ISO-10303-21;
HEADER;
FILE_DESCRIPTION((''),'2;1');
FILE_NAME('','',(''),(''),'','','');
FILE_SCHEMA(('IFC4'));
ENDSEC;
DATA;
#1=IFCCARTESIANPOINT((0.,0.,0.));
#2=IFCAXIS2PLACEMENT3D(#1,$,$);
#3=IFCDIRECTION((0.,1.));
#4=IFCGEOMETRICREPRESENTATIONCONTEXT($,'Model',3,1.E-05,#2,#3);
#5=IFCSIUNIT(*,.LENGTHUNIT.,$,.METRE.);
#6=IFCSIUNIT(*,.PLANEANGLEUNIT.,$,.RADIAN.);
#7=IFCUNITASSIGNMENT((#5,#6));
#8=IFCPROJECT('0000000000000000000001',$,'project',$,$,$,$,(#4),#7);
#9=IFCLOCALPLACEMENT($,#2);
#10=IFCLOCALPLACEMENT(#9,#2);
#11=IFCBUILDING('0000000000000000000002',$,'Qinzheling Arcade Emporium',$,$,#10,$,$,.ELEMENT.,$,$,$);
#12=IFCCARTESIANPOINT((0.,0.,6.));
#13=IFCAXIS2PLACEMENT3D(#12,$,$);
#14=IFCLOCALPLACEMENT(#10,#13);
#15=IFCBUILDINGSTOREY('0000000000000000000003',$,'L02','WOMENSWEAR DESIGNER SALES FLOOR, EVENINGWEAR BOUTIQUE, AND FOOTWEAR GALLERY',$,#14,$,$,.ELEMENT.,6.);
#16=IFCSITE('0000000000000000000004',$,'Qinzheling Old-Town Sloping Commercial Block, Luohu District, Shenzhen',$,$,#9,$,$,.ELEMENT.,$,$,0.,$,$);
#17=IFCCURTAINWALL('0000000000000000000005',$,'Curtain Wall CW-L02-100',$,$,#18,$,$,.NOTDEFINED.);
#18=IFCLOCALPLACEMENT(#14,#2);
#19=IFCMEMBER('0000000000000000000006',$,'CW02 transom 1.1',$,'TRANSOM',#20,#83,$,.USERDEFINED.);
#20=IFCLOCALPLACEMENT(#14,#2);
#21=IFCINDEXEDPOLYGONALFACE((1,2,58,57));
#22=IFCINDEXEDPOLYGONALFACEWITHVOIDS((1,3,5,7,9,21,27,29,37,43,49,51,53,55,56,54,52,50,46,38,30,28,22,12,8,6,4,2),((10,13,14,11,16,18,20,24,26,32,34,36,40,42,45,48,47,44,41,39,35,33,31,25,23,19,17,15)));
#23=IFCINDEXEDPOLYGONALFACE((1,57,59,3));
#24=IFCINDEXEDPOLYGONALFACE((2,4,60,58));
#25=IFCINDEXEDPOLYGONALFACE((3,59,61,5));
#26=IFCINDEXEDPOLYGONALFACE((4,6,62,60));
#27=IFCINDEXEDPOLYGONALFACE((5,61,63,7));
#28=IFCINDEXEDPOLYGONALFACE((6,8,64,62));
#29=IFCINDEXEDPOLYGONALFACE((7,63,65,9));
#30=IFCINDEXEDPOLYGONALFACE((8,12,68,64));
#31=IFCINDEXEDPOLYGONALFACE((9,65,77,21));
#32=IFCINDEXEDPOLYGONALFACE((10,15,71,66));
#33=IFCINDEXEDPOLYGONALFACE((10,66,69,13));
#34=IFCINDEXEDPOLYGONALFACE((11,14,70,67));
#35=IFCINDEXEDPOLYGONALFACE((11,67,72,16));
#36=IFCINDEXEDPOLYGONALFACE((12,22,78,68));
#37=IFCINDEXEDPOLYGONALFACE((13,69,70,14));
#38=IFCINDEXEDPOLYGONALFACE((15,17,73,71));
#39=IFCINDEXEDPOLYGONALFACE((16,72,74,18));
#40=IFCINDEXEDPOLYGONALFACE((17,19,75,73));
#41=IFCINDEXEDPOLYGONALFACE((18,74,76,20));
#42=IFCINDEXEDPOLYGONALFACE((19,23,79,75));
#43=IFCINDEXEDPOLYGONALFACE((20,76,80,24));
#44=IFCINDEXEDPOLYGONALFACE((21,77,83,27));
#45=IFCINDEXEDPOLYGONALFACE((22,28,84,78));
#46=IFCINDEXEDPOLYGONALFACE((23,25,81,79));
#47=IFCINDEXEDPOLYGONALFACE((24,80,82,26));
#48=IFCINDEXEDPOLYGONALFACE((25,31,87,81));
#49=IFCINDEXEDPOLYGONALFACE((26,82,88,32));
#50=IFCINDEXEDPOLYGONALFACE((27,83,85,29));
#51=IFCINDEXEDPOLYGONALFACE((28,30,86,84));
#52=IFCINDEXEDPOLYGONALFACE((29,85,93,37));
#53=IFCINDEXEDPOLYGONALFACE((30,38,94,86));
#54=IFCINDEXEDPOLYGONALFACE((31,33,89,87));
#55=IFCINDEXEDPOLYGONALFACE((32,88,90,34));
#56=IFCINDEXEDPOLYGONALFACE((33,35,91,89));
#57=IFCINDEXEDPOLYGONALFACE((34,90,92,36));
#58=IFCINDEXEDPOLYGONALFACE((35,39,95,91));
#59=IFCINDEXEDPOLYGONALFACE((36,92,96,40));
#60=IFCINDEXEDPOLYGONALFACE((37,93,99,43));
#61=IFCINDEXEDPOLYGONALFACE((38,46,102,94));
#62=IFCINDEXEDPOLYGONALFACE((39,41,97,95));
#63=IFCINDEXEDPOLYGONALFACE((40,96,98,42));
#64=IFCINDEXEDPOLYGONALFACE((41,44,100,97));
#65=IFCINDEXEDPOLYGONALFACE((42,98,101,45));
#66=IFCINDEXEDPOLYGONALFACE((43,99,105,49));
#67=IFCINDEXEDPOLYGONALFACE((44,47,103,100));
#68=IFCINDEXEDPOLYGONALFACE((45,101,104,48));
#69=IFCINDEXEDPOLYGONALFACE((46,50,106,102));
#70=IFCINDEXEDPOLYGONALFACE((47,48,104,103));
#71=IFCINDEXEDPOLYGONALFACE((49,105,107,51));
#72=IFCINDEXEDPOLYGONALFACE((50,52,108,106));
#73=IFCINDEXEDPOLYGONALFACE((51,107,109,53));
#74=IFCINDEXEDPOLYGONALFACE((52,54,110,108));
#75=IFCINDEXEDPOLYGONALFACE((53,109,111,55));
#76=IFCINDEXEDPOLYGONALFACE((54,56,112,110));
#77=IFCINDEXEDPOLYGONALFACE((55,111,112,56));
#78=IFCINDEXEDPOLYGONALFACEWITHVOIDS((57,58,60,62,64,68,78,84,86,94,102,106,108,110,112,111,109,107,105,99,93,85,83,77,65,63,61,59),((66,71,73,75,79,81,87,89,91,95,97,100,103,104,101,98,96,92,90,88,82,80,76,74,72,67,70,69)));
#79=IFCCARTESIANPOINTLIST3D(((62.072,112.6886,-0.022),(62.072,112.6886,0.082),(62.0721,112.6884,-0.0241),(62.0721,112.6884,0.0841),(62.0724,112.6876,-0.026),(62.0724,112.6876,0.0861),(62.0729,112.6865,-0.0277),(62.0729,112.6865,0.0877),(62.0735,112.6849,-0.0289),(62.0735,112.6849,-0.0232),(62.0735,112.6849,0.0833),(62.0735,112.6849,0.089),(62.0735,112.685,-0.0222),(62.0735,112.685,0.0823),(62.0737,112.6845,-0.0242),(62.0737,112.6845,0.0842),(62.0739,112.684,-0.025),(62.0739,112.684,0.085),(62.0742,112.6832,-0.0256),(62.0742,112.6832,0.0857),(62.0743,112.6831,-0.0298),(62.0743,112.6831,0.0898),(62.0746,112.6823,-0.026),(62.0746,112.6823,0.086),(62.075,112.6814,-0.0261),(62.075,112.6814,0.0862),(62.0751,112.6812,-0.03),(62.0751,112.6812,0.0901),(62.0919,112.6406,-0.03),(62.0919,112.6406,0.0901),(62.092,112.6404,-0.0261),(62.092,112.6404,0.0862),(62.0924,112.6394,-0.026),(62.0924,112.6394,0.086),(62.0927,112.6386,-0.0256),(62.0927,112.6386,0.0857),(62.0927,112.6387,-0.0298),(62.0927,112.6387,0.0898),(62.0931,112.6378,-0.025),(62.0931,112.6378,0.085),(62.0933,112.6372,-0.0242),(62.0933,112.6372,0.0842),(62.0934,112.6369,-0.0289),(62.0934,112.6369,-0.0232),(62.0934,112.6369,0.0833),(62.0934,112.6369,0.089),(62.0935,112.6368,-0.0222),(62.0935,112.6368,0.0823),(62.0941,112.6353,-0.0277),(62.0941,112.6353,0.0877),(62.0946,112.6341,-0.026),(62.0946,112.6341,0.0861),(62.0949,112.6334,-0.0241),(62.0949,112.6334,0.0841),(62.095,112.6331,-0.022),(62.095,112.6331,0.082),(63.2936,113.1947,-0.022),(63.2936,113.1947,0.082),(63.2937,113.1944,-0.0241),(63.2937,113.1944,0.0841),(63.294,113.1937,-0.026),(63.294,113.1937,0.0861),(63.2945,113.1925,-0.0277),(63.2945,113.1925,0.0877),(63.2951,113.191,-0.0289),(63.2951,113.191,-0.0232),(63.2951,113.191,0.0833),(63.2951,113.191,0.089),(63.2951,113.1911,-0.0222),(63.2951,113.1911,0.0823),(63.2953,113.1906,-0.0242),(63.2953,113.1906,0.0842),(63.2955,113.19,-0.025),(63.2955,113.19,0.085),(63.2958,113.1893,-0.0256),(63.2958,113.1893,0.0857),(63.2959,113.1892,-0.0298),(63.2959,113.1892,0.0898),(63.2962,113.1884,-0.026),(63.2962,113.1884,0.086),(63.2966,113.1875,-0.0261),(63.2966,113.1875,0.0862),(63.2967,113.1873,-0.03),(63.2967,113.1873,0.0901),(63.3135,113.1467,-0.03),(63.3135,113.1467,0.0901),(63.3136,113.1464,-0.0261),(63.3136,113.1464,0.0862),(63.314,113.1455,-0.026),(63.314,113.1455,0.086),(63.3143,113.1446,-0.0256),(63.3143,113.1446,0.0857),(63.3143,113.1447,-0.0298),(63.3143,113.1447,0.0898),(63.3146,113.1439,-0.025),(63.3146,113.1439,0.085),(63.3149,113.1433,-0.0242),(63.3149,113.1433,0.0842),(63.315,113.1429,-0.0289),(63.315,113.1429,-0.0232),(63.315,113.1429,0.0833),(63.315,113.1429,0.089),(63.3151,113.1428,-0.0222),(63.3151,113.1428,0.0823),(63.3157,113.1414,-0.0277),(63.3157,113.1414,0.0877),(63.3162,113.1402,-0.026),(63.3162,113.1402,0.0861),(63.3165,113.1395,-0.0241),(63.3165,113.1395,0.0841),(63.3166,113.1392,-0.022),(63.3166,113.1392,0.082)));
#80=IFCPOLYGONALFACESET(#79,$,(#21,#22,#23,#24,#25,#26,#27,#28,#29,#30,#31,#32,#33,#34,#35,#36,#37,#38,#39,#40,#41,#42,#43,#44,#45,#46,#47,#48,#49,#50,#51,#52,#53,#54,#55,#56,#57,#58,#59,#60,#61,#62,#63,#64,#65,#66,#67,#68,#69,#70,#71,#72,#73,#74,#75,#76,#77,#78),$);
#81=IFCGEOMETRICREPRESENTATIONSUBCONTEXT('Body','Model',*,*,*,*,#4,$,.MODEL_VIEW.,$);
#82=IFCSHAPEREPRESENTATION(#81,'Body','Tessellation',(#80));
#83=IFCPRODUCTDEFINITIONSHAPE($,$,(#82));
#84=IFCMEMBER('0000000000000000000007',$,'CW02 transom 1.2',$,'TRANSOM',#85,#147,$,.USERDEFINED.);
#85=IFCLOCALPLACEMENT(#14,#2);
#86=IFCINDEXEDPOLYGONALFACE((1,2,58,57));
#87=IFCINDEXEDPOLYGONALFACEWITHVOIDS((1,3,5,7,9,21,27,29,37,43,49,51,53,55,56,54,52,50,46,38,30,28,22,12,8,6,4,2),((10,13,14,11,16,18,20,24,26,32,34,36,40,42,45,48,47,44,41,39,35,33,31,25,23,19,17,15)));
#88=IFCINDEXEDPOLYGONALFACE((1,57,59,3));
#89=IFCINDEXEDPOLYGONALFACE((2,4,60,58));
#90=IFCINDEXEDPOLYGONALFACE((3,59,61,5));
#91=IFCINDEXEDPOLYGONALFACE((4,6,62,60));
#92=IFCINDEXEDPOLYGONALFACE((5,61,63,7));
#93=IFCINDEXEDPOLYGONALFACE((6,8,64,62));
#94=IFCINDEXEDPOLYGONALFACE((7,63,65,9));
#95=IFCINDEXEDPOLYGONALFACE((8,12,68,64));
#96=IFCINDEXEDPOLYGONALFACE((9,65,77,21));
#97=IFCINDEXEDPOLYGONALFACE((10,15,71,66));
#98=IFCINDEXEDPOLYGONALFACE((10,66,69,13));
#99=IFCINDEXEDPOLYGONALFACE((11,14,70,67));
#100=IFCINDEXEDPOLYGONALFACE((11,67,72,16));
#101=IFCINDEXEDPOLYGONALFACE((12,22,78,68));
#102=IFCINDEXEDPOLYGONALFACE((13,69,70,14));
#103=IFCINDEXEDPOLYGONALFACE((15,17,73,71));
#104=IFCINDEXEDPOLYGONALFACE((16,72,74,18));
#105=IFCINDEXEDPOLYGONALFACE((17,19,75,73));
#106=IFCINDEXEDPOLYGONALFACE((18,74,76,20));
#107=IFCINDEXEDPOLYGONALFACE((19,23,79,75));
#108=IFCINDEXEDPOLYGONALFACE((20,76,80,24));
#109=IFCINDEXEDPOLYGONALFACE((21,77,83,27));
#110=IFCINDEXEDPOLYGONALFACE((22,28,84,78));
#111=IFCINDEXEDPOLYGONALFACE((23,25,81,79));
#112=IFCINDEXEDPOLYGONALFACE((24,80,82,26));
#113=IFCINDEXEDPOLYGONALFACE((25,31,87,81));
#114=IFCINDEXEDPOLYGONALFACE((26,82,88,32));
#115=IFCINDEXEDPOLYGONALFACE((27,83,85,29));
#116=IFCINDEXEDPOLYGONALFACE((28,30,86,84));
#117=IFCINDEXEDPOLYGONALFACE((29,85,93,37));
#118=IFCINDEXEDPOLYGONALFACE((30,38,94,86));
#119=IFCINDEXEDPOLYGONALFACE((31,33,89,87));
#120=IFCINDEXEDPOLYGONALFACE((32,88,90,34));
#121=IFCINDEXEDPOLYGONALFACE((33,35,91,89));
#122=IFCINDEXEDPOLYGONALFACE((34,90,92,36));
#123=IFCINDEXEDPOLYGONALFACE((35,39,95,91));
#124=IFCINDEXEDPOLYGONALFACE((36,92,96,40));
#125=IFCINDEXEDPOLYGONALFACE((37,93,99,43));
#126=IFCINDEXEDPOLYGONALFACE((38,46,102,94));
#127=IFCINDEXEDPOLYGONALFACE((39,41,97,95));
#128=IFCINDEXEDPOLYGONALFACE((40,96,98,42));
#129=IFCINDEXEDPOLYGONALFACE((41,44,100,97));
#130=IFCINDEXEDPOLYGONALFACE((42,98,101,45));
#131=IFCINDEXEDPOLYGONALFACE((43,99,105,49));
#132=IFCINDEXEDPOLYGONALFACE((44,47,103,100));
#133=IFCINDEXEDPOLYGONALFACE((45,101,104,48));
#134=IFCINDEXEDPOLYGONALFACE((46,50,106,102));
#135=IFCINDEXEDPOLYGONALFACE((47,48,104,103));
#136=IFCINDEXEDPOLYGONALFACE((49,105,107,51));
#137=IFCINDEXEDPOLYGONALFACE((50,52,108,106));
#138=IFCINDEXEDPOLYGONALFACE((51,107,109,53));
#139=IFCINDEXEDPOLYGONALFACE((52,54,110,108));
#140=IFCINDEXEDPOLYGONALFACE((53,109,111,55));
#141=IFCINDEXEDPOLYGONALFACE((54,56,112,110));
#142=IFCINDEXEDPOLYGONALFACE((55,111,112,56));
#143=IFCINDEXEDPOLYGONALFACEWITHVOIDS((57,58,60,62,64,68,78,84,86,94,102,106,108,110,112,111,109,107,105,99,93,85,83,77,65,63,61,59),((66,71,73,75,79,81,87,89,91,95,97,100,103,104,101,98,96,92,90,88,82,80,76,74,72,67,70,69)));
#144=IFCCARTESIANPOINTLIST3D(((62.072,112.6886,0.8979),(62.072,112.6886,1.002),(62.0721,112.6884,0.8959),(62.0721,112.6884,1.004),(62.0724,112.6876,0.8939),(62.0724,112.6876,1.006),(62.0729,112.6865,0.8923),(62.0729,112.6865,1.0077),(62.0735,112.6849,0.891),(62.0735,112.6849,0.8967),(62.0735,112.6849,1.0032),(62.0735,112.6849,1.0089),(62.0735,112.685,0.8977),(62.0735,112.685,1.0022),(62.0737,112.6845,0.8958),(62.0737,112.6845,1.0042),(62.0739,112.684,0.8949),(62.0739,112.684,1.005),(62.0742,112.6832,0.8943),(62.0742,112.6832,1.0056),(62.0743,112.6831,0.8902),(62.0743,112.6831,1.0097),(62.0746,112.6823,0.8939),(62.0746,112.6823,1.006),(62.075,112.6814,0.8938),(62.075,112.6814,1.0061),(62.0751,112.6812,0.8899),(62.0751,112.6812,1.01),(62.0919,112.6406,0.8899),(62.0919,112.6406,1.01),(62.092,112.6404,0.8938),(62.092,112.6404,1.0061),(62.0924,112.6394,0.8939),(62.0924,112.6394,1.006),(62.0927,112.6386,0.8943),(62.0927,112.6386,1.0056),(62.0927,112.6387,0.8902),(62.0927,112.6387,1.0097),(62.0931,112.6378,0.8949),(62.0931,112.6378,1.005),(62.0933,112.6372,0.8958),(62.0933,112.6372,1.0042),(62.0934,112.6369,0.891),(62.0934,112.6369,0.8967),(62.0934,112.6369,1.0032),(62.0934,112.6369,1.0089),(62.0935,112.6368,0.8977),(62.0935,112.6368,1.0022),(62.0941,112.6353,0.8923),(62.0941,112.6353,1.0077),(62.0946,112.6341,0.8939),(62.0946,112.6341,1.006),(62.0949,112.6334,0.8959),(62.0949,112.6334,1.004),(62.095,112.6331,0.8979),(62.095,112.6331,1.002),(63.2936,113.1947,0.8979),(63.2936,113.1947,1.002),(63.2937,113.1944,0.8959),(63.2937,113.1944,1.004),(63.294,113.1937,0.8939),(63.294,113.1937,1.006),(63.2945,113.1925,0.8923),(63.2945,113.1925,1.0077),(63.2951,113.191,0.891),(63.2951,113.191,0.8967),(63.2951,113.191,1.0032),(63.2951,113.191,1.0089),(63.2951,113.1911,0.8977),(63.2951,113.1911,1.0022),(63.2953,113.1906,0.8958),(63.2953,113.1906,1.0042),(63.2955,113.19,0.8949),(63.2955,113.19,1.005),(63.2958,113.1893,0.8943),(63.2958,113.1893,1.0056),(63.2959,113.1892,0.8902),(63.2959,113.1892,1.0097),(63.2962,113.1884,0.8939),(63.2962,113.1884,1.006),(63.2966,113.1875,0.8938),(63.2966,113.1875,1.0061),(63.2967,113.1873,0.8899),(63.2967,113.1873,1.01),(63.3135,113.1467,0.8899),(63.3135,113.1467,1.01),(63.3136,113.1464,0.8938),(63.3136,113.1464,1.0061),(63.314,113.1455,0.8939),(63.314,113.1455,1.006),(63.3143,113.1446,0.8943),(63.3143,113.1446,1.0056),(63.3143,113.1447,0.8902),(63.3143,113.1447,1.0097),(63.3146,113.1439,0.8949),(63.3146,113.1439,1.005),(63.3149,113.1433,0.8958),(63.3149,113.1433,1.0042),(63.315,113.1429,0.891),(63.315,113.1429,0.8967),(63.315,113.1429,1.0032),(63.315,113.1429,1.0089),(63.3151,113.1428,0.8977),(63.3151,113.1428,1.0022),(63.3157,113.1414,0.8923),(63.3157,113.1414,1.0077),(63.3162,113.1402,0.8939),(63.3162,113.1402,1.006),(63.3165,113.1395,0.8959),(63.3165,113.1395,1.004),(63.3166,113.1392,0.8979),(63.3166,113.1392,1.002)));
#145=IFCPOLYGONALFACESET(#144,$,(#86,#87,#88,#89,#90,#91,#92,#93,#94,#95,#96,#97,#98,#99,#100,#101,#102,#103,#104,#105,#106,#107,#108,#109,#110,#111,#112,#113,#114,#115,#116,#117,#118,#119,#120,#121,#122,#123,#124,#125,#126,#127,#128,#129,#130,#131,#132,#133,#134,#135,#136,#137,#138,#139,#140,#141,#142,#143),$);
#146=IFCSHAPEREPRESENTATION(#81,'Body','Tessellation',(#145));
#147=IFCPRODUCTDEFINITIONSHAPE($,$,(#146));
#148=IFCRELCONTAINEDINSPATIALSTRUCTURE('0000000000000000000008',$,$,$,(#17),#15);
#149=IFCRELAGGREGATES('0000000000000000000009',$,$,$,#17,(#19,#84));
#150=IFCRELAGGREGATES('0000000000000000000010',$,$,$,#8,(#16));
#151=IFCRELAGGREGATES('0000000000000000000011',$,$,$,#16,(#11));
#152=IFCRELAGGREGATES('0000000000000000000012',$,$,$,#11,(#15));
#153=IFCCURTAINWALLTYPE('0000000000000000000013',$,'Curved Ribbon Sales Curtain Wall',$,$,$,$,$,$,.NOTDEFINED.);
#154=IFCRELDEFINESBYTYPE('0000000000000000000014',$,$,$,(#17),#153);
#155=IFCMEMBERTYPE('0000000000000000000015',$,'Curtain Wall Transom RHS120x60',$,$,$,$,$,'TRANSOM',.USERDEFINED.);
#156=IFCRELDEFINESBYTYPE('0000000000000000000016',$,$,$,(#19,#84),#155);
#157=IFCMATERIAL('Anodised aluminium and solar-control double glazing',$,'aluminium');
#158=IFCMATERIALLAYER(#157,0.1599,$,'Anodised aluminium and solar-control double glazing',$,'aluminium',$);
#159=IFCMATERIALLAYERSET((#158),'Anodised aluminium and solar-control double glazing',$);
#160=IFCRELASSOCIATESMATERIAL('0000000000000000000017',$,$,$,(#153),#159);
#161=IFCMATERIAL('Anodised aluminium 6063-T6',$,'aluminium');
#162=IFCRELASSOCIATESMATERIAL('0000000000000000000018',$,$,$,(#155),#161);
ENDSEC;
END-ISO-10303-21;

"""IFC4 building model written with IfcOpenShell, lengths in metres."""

from ifc_helpers import new_model, si_unit, direction, frame, origin, origin_2d, place, context, subcontext, project, spatial, hollow_rectangle, extrude, material, layer, layer_set, material_profile, profile_set, type_object, element, aggregate, save


model = new_model("IFC4")

# Units and contexts
model_context = context("Model", 3, precision=1e-05, world=origin(), true_north=direction((0.0, 1.0)))
body_context = subcontext(model_context, "Body", "Model", "MODEL_VIEW")
ifc_project = project(units=[si_unit("LENGTHUNIT", "METRE"), si_unit("PLANEANGLEUNIT", "RADIAN")], contexts=[model_context])

# Site, building, storey
site_placement = place(None, origin())
site = spatial("IfcSite", under=ifc_project, at=site_placement, Name="Qinzheling Old-Town Sloping Commercial Block, Luohu District, Shenzhen", CompositionType="ELEMENT", RefElevation=0.0)
building_placement = place(site_placement, origin())
building = spatial("IfcBuilding", under=site, at=building_placement, Name="Qinzheling Arcade Emporium", CompositionType="ELEMENT")
storey_placement = place(building_placement, frame((0.0, 0.0, 6.0)))
storey = spatial("IfcBuildingStorey", under=building, at=storey_placement, Name="L02", Description="WOMENSWEAR DESIGNER SALES FLOOR, EVENINGWEAR BOUTIQUE, AND FOOTWEAR GALLERY", CompositionType="ELEMENT", Elevation=6.0)

# Shared definitions
ifc_material_1 = material(Name="Anodised aluminium and solar-control double glazing", Category="aluminium")
ifc_layer_1 = layer(ifc_material_1, 0.1599, Name="Anodised aluminium and solar-control double glazing", Category="aluminium")
ifc_layer_set_1 = layer_set([ifc_layer_1], Name="Anodised aluminium and solar-control double glazing")
curtain_wall_type = type_object("IfcCurtainWallType", Name="Curved Ribbon Sales Curtain Wall", PredefinedType="NOTDEFINED", material=ifc_layer_set_1)
ifc_material_2 = material(Name="Anodised aluminium 6063-T6", Category="aluminium")

# Curtain wall
curtain_wall_1_placement = place(storey_placement, origin())
curtain_wall_1 = element("IfcCurtainWall", 1, at=curtain_wall_1_placement, inside=storey, type_object=curtain_wall_type, Name="Curtain Wall CW-L02-100", PredefinedType="NOTDEFINED")

# Members
ifc_material_profile_1 = material_profile(ifc_material_2, hollow_rectangle(XDim=0.0601, YDim=0.1201, WallThickness=0.0039, InnerFilletRadius=0.0039, OuterFilletRadius=0.0081, at=origin_2d()), Name="RHS 120x60x4", Category="aluminium")
ifc_profile_set_1 = profile_set([ifc_material_profile_1], Name="Anodised aluminium 6063-T6")
member_type_1 = type_object("IfcMemberType", Name="Curtain Wall Transom RHS120x60", ElementType="TRANSOM", PredefinedType="USERDEFINED", material=ifc_profile_set_1)
member_1_placement = place(storey_placement, frame((62.0835, 112.6609, 0.03), z_axis=(0.923862, 0.382727, 0.0), x_axis=(-0.382727, 0.923862, 0.0)))
member_1 = element("IfcMember", 2, at=member_1_placement, type_object=member_type_1, Name="CW02 transom 1.1", ObjectType="TRANSOM", PredefinedType="USERDEFINED", context=body_context, shape_type="SweptSolid", body=[
    extrude(hollow_rectangle(XDim=0.0601, YDim=0.1201, WallThickness=0.0039, InnerFilletRadius=0.0039, OuterFilletRadius=0.0081, at=origin_2d()), origin(), (0.0, 0.0, 1.0), 1.3223),
])
member_2_placement = place(storey_placement, frame((62.0835, 112.6609, 0.95), z_axis=(0.923862, 0.382727, 0.0), x_axis=(-0.382727, 0.923862, 0.0)))
member_2 = element("IfcMember", 3, at=member_2_placement, type_object=member_type_1, Name="CW02 transom 1.2", ObjectType="TRANSOM", PredefinedType="USERDEFINED", context=body_context, shape_type="SweptSolid", body=[
    extrude(hollow_rectangle(XDim=0.0601, YDim=0.1201, WallThickness=0.0039, InnerFilletRadius=0.0039, OuterFilletRadius=0.0081, at=origin_2d()), origin(), (0.0, 0.0, 1.0), 1.3223),
])
aggregate(curtain_wall_1, [member_1, member_2])

save(model, "model.ifc")
